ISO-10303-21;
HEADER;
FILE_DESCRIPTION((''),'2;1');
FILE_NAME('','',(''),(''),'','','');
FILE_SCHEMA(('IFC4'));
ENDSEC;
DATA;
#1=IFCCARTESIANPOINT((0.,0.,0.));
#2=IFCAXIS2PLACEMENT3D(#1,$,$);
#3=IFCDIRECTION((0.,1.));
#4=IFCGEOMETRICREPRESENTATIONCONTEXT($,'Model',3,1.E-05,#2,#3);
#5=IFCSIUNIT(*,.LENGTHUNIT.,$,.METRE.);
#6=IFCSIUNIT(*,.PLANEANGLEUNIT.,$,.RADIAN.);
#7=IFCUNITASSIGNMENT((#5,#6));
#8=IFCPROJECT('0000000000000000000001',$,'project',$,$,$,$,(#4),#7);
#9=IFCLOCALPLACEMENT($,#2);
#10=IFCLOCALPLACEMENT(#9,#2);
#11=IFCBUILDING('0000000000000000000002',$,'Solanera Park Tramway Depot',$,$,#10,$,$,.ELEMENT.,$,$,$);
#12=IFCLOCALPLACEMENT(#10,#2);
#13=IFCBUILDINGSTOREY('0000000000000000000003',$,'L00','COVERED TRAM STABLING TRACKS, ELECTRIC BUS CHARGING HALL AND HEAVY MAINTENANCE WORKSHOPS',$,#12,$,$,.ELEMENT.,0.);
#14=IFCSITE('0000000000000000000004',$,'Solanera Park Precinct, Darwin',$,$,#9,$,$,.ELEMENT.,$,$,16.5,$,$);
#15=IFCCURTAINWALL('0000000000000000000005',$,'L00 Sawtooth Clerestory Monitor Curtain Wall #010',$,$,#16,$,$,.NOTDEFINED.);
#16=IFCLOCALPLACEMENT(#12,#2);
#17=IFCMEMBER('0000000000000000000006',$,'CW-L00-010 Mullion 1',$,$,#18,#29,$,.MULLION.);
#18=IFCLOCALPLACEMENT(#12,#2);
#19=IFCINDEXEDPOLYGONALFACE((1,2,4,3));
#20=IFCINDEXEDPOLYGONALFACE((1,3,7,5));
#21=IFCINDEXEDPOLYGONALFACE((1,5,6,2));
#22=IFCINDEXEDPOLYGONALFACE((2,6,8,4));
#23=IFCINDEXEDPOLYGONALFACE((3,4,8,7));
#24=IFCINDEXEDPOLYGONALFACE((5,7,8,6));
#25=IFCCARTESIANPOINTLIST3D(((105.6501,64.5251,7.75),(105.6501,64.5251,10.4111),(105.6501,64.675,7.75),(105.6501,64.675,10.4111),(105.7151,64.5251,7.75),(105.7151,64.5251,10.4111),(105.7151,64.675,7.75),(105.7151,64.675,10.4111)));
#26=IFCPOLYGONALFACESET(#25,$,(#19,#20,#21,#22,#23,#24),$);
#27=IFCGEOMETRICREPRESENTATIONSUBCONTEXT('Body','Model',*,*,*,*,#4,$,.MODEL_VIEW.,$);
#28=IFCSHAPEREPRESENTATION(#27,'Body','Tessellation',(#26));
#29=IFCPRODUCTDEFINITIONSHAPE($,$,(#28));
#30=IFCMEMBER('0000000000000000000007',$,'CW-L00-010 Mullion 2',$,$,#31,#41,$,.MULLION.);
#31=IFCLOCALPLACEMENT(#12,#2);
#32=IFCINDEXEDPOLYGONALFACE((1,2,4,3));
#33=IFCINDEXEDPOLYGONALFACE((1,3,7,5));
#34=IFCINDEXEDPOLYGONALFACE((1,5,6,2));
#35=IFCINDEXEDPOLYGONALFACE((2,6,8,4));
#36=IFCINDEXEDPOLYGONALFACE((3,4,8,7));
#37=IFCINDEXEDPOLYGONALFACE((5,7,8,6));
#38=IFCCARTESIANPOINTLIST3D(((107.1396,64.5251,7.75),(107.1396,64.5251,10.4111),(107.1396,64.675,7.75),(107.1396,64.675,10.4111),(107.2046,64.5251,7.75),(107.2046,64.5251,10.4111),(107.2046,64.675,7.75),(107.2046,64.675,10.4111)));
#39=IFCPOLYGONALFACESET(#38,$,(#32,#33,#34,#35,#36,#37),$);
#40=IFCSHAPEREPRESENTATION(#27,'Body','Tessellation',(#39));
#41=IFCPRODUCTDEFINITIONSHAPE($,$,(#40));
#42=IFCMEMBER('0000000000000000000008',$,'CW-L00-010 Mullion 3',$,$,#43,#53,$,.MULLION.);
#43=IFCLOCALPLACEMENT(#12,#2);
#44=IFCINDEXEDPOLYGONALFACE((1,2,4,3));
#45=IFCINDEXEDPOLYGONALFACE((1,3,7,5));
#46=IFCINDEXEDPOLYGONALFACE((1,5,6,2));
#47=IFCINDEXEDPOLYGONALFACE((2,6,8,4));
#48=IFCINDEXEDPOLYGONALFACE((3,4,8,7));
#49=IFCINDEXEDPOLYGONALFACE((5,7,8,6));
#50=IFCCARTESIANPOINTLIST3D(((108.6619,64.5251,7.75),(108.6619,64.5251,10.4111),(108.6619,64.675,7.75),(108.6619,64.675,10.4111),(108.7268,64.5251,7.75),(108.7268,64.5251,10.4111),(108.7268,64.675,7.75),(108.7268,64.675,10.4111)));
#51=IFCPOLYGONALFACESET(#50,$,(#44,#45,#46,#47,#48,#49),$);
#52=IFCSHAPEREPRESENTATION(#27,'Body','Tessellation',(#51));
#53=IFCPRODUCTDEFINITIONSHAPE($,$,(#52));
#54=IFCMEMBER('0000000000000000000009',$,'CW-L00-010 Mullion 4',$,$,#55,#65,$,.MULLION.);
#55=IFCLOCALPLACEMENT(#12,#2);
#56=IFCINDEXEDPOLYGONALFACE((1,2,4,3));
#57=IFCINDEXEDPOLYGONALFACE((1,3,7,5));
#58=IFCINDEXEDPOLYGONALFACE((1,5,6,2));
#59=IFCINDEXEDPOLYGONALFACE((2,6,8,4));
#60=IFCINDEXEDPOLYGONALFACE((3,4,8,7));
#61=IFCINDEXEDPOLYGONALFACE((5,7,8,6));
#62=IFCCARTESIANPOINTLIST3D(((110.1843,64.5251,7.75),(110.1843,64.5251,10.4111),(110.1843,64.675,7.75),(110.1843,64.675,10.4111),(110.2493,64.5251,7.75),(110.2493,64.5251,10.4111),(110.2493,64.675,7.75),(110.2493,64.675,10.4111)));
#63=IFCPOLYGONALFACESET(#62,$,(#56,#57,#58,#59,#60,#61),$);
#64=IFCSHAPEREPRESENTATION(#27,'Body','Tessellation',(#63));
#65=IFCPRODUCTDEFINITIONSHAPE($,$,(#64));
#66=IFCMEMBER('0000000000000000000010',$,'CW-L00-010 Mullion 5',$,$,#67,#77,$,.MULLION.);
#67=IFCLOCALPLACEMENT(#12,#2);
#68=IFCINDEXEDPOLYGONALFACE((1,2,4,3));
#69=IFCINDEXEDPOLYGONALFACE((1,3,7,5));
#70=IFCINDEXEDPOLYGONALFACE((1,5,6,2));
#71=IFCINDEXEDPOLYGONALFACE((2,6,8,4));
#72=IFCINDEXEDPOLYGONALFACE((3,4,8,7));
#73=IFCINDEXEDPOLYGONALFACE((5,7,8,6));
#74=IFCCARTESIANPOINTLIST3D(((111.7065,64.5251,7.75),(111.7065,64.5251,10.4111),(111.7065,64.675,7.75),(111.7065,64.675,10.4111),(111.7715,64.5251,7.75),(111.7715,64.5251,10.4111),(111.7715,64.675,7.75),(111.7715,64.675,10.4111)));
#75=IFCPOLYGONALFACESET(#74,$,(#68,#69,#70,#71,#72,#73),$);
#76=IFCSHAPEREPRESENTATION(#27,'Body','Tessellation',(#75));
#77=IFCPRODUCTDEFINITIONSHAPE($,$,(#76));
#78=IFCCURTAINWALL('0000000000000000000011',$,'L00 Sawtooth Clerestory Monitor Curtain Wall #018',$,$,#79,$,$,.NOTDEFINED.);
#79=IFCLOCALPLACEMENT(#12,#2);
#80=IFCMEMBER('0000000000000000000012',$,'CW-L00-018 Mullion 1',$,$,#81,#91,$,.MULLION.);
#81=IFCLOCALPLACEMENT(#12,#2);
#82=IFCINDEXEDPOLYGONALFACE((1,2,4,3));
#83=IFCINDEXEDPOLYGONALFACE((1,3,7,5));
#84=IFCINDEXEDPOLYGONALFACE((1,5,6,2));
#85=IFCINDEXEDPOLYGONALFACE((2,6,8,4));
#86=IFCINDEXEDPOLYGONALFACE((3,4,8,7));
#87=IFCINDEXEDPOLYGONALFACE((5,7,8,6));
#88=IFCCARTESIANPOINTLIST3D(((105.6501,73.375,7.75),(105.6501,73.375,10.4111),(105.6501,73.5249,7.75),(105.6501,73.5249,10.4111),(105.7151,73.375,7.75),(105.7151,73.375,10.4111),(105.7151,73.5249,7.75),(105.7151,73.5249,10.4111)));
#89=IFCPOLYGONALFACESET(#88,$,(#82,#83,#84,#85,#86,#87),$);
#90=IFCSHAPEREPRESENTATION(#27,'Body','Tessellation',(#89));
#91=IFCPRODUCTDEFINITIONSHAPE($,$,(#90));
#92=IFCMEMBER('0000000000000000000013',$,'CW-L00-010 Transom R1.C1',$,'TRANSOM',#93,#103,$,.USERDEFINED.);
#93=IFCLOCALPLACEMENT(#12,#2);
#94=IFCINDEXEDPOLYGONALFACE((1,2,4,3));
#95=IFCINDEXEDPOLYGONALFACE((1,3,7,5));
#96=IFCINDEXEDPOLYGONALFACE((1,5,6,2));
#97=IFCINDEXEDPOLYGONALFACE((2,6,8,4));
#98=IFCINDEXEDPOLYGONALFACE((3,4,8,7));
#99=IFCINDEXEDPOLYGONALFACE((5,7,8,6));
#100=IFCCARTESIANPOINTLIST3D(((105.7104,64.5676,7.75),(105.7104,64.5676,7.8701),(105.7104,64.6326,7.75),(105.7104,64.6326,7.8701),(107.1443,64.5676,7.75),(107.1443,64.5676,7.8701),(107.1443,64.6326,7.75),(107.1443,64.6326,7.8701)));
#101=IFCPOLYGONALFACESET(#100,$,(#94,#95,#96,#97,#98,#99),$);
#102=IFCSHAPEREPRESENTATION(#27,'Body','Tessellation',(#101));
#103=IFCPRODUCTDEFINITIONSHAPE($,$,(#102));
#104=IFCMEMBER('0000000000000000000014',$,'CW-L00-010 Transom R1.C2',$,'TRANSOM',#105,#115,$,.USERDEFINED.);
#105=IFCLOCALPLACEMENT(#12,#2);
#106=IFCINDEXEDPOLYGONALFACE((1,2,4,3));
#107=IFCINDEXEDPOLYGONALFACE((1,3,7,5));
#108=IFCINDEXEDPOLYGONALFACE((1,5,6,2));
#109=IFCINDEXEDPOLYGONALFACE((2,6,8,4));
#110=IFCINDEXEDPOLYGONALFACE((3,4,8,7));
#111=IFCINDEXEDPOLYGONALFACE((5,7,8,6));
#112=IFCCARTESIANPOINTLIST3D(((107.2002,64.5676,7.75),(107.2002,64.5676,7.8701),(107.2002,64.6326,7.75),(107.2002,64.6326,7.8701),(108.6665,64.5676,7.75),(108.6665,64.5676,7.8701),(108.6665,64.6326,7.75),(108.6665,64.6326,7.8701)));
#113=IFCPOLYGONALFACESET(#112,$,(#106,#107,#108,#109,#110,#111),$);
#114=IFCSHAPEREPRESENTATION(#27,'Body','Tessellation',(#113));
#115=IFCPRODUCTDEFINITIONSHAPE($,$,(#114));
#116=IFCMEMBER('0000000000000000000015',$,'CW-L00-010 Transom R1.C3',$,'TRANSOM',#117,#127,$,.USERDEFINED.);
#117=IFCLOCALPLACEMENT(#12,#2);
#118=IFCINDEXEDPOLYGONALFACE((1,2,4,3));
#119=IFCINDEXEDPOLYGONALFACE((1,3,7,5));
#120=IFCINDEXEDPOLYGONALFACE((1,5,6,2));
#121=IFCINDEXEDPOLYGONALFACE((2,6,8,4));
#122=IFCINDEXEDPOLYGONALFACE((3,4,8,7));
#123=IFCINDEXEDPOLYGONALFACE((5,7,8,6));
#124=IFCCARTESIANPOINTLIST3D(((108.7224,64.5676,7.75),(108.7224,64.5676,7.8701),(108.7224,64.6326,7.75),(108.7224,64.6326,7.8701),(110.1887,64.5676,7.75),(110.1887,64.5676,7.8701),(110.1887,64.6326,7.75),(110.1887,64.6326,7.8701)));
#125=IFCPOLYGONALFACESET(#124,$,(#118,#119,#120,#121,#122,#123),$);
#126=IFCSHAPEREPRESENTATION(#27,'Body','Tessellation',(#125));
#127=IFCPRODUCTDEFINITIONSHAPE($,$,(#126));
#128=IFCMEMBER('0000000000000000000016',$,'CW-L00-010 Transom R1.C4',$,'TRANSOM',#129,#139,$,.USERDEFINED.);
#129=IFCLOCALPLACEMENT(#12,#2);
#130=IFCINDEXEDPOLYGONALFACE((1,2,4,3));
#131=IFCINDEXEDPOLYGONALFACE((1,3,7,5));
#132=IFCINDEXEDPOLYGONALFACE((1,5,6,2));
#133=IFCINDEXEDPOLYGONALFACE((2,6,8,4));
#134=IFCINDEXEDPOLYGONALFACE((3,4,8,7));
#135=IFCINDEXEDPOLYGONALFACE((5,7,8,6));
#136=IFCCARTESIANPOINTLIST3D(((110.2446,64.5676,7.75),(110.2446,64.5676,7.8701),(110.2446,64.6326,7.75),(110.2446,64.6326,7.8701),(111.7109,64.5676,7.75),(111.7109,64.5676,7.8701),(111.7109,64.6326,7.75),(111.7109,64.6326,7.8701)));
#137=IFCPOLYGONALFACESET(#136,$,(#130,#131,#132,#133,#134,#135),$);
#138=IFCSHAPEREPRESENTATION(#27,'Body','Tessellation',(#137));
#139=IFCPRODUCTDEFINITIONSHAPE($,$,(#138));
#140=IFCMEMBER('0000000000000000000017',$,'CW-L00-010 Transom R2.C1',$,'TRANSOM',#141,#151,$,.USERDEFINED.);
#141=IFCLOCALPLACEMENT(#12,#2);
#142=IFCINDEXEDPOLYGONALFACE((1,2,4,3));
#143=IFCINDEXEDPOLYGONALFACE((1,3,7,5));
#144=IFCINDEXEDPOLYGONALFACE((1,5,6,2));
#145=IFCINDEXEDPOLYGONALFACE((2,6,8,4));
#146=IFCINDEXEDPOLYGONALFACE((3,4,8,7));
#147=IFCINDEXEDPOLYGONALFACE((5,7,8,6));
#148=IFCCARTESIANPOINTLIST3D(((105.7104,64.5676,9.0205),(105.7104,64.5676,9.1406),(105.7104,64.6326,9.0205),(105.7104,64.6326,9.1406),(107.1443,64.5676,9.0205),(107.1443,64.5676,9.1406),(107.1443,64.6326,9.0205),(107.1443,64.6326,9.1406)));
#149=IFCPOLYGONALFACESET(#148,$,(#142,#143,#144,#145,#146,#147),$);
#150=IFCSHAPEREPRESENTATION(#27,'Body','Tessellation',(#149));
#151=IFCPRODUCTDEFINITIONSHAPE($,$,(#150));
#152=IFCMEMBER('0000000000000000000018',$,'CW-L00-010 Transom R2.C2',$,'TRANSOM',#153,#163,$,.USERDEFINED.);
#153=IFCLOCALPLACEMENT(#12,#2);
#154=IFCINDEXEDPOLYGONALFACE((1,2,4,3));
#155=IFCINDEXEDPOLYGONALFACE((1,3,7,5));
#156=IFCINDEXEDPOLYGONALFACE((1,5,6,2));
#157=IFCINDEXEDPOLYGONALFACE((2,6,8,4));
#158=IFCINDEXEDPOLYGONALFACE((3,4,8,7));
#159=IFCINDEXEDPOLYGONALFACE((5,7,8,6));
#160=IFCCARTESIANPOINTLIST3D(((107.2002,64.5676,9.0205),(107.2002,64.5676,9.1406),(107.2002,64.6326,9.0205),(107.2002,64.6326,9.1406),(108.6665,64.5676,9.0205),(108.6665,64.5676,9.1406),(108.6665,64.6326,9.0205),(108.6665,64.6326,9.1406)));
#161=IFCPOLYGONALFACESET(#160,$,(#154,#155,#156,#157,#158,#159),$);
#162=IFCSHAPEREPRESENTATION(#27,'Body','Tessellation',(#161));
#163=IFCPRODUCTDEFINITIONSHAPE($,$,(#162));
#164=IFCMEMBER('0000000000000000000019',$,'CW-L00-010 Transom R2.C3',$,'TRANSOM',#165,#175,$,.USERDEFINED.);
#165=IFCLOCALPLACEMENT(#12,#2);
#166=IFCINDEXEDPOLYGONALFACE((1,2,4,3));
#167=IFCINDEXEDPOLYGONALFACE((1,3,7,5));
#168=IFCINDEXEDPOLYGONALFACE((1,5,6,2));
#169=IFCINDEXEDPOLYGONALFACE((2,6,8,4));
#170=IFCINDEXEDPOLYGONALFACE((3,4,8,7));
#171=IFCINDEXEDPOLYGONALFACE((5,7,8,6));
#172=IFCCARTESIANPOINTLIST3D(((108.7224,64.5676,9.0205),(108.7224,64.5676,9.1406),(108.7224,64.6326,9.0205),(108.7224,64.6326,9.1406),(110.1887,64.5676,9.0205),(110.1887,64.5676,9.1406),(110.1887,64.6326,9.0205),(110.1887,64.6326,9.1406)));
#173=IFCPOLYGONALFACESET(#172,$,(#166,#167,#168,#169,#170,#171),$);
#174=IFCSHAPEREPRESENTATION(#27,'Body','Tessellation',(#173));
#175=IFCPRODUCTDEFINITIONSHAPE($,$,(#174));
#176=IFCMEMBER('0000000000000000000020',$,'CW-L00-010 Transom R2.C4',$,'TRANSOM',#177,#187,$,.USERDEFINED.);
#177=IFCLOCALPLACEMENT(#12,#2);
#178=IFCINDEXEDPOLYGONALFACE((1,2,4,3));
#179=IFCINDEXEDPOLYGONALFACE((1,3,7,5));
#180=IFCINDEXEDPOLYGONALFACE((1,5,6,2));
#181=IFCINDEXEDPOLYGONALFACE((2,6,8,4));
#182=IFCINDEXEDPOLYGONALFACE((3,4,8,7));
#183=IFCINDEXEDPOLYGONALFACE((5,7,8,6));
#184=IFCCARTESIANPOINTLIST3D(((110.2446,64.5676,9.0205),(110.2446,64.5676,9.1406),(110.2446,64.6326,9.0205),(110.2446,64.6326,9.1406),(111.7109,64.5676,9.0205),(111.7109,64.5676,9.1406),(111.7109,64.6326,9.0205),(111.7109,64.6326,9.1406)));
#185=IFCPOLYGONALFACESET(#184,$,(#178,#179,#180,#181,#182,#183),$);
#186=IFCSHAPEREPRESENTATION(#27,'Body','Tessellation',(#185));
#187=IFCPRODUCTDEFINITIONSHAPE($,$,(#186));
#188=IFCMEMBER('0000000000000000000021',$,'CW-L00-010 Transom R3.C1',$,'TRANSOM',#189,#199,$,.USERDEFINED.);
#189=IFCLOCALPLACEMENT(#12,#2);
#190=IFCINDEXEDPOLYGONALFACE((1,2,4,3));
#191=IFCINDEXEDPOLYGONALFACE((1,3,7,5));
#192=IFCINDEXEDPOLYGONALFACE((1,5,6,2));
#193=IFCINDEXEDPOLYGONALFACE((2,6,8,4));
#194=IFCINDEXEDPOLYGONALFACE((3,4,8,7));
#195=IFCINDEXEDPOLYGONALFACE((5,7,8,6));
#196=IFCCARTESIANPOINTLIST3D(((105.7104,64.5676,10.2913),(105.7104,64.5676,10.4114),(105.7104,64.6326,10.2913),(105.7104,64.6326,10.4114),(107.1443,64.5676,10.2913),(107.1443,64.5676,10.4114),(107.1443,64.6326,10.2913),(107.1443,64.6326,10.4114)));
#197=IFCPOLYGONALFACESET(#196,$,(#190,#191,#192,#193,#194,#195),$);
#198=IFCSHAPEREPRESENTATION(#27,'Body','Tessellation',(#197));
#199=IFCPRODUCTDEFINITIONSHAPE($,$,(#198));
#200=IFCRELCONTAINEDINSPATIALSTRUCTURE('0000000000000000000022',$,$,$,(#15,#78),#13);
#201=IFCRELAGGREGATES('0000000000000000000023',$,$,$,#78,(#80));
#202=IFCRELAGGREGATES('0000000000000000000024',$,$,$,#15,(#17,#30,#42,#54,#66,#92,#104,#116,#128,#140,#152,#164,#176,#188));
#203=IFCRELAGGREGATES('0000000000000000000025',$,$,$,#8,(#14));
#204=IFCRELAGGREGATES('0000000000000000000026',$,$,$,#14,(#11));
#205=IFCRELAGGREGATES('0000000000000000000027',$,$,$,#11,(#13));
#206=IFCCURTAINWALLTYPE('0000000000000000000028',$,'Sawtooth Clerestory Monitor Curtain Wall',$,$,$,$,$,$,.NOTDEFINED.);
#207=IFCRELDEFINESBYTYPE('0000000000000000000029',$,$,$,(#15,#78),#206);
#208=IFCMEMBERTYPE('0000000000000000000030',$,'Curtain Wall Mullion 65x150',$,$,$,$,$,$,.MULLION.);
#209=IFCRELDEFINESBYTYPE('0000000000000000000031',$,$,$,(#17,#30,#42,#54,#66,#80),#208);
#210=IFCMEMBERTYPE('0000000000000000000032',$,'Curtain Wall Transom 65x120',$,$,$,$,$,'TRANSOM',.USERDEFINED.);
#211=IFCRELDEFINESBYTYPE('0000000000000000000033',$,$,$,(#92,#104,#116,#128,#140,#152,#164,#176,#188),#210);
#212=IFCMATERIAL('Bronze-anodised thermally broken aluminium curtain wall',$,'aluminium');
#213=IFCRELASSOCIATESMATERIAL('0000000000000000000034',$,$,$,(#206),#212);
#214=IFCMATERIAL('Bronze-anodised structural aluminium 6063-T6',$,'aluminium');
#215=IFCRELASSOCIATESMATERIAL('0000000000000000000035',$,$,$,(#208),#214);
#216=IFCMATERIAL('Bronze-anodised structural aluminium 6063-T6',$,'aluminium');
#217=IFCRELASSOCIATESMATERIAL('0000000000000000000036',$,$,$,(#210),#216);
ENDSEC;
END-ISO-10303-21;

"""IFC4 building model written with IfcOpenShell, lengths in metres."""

from ifc_helpers import new_model, si_unit, direction, frame, origin, origin_2d, place, context, subcontext, project, spatial, rectangle, extrude, material, material_profile, profile_set, type_object, element, aggregate, save


model = new_model("IFC4")

# Units and contexts
model_context = context("Model", 3, precision=1e-05, world=origin(), true_north=direction((0.0, 1.0)))
body_context = subcontext(model_context, "Body", "Model", "MODEL_VIEW")
ifc_project = project(units=[si_unit("LENGTHUNIT", "METRE"), si_unit("PLANEANGLEUNIT", "RADIAN")], contexts=[model_context])

# Site, building, storey
site_placement = place(None, origin())
site = spatial("IfcSite", under=ifc_project, at=site_placement, Name="Solanera Park Precinct, Darwin", CompositionType="ELEMENT", RefElevation=16.5)
building_placement = place(site_placement, origin())
building = spatial("IfcBuilding", under=site, at=building_placement, Name="Solanera Park Tramway Depot", CompositionType="ELEMENT")
storey_placement = place(building_placement, origin())
storey = spatial("IfcBuildingStorey", under=building, at=storey_placement, Name="L00", Description="COVERED TRAM STABLING TRACKS, ELECTRIC BUS CHARGING HALL AND HEAVY MAINTENANCE WORKSHOPS", CompositionType="ELEMENT", Elevation=0.0)

# Curtain wall, members
ifc_material_1 = material(Name="Bronze-anodised thermally broken aluminium curtain wall", Category="aluminium")
curtain_wall_type = type_object("IfcCurtainWallType", Name="Sawtooth Clerestory Monitor Curtain Wall", PredefinedType="NOTDEFINED", material=ifc_material_1)
curtain_wall_1_placement = place(storey_placement, origin())
curtain_wall_1 = element("IfcCurtainWall", 1, at=curtain_wall_1_placement, inside=storey, type_object=curtain_wall_type, Name="L00 Sawtooth Clerestory Monitor Curtain Wall #010", PredefinedType="NOTDEFINED")
ifc_material_2 = material(Name="Bronze-anodised structural aluminium 6063-T6", Category="aluminium")
ifc_material_profile_1 = material_profile(ifc_material_2, rectangle(XDim=0.0649, YDim=0.1499, at=origin_2d()), Name="Curtain Wall Mullion 65x150")
ifc_profile_set_1 = profile_set([ifc_material_profile_1], Name="Bronze-anodised structural aluminium 6063-T6")
member_type_1 = type_object("IfcMemberType", Name="Curtain Wall Mullion 65x150", PredefinedType="MULLION", material=ifc_profile_set_1)
member_1_placement = place(storey_placement, frame((105.6826, 64.6001, 7.75), z_axis=(0.0, 0.0, 1.0), x_axis=(1.0, 0.0, 0.0)))
member_1 = element("IfcMember", 2, at=member_1_placement, type_object=member_type_1, Name="CW-L00-010 Mullion 1", PredefinedType="MULLION", context=body_context, shape_type="SweptSolid", body=[
    extrude(rectangle(XDim=0.0649, YDim=0.1499, at=origin_2d()), origin(), (0.0, 0.0, 1.0), 2.6611),
])
member_2_placement = place(storey_placement, frame((107.1721, 64.6001, 7.75), z_axis=(0.0, 0.0, 1.0), x_axis=(1.0, 0.0, 0.0)))
member_2 = element("IfcMember", 3, at=member_2_placement, type_object=member_type_1, Name="CW-L00-010 Mullion 2", PredefinedType="MULLION", context=body_context, shape_type="SweptSolid", body=[
    extrude(rectangle(XDim=0.0649, YDim=0.1499, at=origin_2d()), origin(), (0.0, 0.0, 1.0), 2.6611),
])
member_3_placement = place(storey_placement, frame((108.6943, 64.6001, 7.75), z_axis=(0.0, 0.0, 1.0), x_axis=(1.0, 0.0, 0.0)))
member_3 = element("IfcMember", 4, at=member_3_placement, type_object=member_type_1, Name="CW-L00-010 Mullion 3", PredefinedType="MULLION", context=body_context, shape_type="SweptSolid", body=[
    extrude(rectangle(XDim=0.0649, YDim=0.1499, at=origin_2d()), origin(), (0.0, 0.0, 1.0), 2.6611),
])
member_4_placement = place(storey_placement, frame((110.2168, 64.6001, 7.75), z_axis=(0.0, 0.0, 1.0), x_axis=(1.0, 0.0, 0.0)))
member_4 = element("IfcMember", 5, at=member_4_placement, type_object=member_type_1, Name="CW-L00-010 Mullion 4", PredefinedType="MULLION", context=body_context, shape_type="SweptSolid", body=[
    extrude(rectangle(XDim=0.0649, YDim=0.1499, at=origin_2d()), origin(), (0.0, 0.0, 1.0), 2.6611),
])
member_5_placement = place(storey_placement, frame((111.739, 64.6001, 7.75), z_axis=(0.0, 0.0, 1.0), x_axis=(1.0, 0.0, 0.0)))
member_5 = element("IfcMember", 6, at=member_5_placement, type_object=member_type_1, Name="CW-L00-010 Mullion 5", PredefinedType="MULLION", context=body_context, shape_type="SweptSolid", body=[
    extrude(rectangle(XDim=0.0649, YDim=0.1499, at=origin_2d()), origin(), (0.0, 0.0, 1.0), 2.6611),
])

# Curtain wall, member
curtain_wall_2_placement = place(storey_placement, origin())
curtain_wall_2 = element("IfcCurtainWall", 7, at=curtain_wall_2_placement, inside=storey, type_object=curtain_wall_type, Name="L00 Sawtooth Clerestory Monitor Curtain Wall #018", PredefinedType="NOTDEFINED")
member_6_placement = place(storey_placement, frame((105.6826, 73.45, 7.75), z_axis=(0.0, 0.0, 1.0), x_axis=(1.0, 0.0, 0.0)))
member_6 = element("IfcMember", 8, at=member_6_placement, type_object=member_type_1, Name="CW-L00-018 Mullion 1", PredefinedType="MULLION", context=body_context, shape_type="SweptSolid", body=[
    extrude(rectangle(XDim=0.0649, YDim=0.1499, at=origin_2d()), origin(), (0.0, 0.0, 1.0), 2.6611),
])

# Members
ifc_material_3 = material(Name="Bronze-anodised structural aluminium 6063-T6", Category="aluminium")
ifc_material_profile_2 = material_profile(ifc_material_3, rectangle(XDim=0.0649, YDim=0.1201, at=origin_2d()), Name="Curtain Wall Transom 65x120")
ifc_profile_set_2 = profile_set([ifc_material_profile_2], Name="Bronze-anodised structural aluminium 6063-T6")
member_type_2 = type_object("IfcMemberType", Name="Curtain Wall Transom 65x120", ElementType="TRANSOM", PredefinedType="USERDEFINED", material=ifc_profile_set_2)
member_7_placement = place(storey_placement, frame((105.7104, 64.6001, 7.8101), z_axis=(1.0, 0.0, 0.0), x_axis=(0.0, 1.0, 0.0)))
member_7 = element("IfcMember", 9, at=member_7_placement, type_object=member_type_2, Name="CW-L00-010 Transom R1.C1", ObjectType="TRANSOM", PredefinedType="USERDEFINED", context=body_context, shape_type="SweptSolid", body=[
    extrude(rectangle(XDim=0.0649, YDim=0.1201, at=origin_2d()), origin(), (0.0, 0.0, 1.0), 1.4338),
])
member_8_placement = place(storey_placement, frame((107.2002, 64.6001, 7.8101), z_axis=(1.0, 0.0, 0.0), x_axis=(0.0, 1.0, 0.0)))
member_8 = element("IfcMember", 10, at=member_8_placement, type_object=member_type_2, Name="CW-L00-010 Transom R1.C2", ObjectType="TRANSOM", PredefinedType="USERDEFINED", context=body_context, shape_type="SweptSolid", body=[
    extrude(rectangle(XDim=0.0649, YDim=0.1201, at=origin_2d()), origin(), (0.0, 0.0, 1.0), 1.4663),
])
member_9_placement = place(storey_placement, frame((108.7224, 64.6001, 7.8101), z_axis=(1.0, 0.0, 0.0), x_axis=(0.0, 1.0, 0.0)))
member_9 = element("IfcMember", 11, at=member_9_placement, type_object=member_type_2, Name="CW-L00-010 Transom R1.C3", ObjectType="TRANSOM", PredefinedType="USERDEFINED", context=body_context, shape_type="SweptSolid", body=[
    extrude(rectangle(XDim=0.0649, YDim=0.1201, at=origin_2d()), origin(), (0.0, 0.0, 1.0), 1.4663),
])
member_10_placement = place(storey_placement, frame((110.2446, 64.6001, 7.8101), z_axis=(1.0, 0.0, 0.0), x_axis=(0.0, 1.0, 0.0)))
member_10 = element("IfcMember", 12, at=member_10_placement, type_object=member_type_2, Name="CW-L00-010 Transom R1.C4", ObjectType="TRANSOM", PredefinedType="USERDEFINED", context=body_context, shape_type="SweptSolid", body=[
    extrude(rectangle(XDim=0.0649, YDim=0.1201, at=origin_2d()), origin(), (0.0, 0.0, 1.0), 1.4663),
])
member_11_placement = place(storey_placement, frame((105.7104, 64.6001, 9.0806), z_axis=(1.0, 0.0, 0.0), x_axis=(0.0, 1.0, 0.0)))
member_11 = element("IfcMember", 13, at=member_11_placement, type_object=member_type_2, Name="CW-L00-010 Transom R2.C1", ObjectType="TRANSOM", PredefinedType="USERDEFINED", context=body_context, shape_type="SweptSolid", body=[
    extrude(rectangle(XDim=0.0649, YDim=0.1201, at=origin_2d()), origin(), (0.0, 0.0, 1.0), 1.4338),
])
member_12_placement = place(storey_placement, frame((107.2002, 64.6001, 9.0806), z_axis=(1.0, 0.0, 0.0), x_axis=(0.0, 1.0, 0.0)))
member_12 = element("IfcMember", 14, at=member_12_placement, type_object=member_type_2, Name="CW-L00-010 Transom R2.C2", ObjectType="TRANSOM", PredefinedType="USERDEFINED", context=body_context, shape_type="SweptSolid", body=[
    extrude(rectangle(XDim=0.0649, YDim=0.1201, at=origin_2d()), origin(), (0.0, 0.0, 1.0), 1.4663),
])
member_13_placement = place(storey_placement, frame((108.7224, 64.6001, 9.0806), z_axis=(1.0, 0.0, 0.0), x_axis=(0.0, 1.0, 0.0)))
member_13 = element("IfcMember", 15, at=member_13_placement, type_object=member_type_2, Name="CW-L00-010 Transom R2.C3", ObjectType="TRANSOM", PredefinedType="USERDEFINED", context=body_context, shape_type="SweptSolid", body=[
    extrude(rectangle(XDim=0.0649, YDim=0.1201, at=origin_2d()), origin(), (0.0, 0.0, 1.0), 1.4663),
])
member_14_placement = place(storey_placement, frame((110.2446, 64.6001, 9.0806), z_axis=(1.0, 0.0, 0.0), x_axis=(0.0, 1.0, 0.0)))
member_14 = element("IfcMember", 16, at=member_14_placement, type_object=member_type_2, Name="CW-L00-010 Transom R2.C4", ObjectType="TRANSOM", PredefinedType="USERDEFINED", context=body_context, shape_type="SweptSolid", body=[
    extrude(rectangle(XDim=0.0649, YDim=0.1201, at=origin_2d()), origin(), (0.0, 0.0, 1.0), 1.4663),
])
member_15_placement = place(storey_placement, frame((105.7104, 64.6001, 10.3513), z_axis=(1.0, 0.0, 0.0), x_axis=(0.0, 1.0, 0.0)))
member_15 = element("IfcMember", 17, at=member_15_placement, type_object=member_type_2, Name="CW-L00-010 Transom R3.C1", ObjectType="TRANSOM", PredefinedType="USERDEFINED", context=body_context, shape_type="SweptSolid", body=[
    extrude(rectangle(XDim=0.0649, YDim=0.1201, at=origin_2d()), origin(), (0.0, 0.0, 1.0), 1.4338),
])
aggregate(curtain_wall_2, [member_6])

aggregate(curtain_wall_1, [member_1, member_2, member_3, member_4, member_5, member_7, member_8, member_9, member_10, member_11, member_12, member_13, member_14, member_15])

save(model, "model.ifc")
